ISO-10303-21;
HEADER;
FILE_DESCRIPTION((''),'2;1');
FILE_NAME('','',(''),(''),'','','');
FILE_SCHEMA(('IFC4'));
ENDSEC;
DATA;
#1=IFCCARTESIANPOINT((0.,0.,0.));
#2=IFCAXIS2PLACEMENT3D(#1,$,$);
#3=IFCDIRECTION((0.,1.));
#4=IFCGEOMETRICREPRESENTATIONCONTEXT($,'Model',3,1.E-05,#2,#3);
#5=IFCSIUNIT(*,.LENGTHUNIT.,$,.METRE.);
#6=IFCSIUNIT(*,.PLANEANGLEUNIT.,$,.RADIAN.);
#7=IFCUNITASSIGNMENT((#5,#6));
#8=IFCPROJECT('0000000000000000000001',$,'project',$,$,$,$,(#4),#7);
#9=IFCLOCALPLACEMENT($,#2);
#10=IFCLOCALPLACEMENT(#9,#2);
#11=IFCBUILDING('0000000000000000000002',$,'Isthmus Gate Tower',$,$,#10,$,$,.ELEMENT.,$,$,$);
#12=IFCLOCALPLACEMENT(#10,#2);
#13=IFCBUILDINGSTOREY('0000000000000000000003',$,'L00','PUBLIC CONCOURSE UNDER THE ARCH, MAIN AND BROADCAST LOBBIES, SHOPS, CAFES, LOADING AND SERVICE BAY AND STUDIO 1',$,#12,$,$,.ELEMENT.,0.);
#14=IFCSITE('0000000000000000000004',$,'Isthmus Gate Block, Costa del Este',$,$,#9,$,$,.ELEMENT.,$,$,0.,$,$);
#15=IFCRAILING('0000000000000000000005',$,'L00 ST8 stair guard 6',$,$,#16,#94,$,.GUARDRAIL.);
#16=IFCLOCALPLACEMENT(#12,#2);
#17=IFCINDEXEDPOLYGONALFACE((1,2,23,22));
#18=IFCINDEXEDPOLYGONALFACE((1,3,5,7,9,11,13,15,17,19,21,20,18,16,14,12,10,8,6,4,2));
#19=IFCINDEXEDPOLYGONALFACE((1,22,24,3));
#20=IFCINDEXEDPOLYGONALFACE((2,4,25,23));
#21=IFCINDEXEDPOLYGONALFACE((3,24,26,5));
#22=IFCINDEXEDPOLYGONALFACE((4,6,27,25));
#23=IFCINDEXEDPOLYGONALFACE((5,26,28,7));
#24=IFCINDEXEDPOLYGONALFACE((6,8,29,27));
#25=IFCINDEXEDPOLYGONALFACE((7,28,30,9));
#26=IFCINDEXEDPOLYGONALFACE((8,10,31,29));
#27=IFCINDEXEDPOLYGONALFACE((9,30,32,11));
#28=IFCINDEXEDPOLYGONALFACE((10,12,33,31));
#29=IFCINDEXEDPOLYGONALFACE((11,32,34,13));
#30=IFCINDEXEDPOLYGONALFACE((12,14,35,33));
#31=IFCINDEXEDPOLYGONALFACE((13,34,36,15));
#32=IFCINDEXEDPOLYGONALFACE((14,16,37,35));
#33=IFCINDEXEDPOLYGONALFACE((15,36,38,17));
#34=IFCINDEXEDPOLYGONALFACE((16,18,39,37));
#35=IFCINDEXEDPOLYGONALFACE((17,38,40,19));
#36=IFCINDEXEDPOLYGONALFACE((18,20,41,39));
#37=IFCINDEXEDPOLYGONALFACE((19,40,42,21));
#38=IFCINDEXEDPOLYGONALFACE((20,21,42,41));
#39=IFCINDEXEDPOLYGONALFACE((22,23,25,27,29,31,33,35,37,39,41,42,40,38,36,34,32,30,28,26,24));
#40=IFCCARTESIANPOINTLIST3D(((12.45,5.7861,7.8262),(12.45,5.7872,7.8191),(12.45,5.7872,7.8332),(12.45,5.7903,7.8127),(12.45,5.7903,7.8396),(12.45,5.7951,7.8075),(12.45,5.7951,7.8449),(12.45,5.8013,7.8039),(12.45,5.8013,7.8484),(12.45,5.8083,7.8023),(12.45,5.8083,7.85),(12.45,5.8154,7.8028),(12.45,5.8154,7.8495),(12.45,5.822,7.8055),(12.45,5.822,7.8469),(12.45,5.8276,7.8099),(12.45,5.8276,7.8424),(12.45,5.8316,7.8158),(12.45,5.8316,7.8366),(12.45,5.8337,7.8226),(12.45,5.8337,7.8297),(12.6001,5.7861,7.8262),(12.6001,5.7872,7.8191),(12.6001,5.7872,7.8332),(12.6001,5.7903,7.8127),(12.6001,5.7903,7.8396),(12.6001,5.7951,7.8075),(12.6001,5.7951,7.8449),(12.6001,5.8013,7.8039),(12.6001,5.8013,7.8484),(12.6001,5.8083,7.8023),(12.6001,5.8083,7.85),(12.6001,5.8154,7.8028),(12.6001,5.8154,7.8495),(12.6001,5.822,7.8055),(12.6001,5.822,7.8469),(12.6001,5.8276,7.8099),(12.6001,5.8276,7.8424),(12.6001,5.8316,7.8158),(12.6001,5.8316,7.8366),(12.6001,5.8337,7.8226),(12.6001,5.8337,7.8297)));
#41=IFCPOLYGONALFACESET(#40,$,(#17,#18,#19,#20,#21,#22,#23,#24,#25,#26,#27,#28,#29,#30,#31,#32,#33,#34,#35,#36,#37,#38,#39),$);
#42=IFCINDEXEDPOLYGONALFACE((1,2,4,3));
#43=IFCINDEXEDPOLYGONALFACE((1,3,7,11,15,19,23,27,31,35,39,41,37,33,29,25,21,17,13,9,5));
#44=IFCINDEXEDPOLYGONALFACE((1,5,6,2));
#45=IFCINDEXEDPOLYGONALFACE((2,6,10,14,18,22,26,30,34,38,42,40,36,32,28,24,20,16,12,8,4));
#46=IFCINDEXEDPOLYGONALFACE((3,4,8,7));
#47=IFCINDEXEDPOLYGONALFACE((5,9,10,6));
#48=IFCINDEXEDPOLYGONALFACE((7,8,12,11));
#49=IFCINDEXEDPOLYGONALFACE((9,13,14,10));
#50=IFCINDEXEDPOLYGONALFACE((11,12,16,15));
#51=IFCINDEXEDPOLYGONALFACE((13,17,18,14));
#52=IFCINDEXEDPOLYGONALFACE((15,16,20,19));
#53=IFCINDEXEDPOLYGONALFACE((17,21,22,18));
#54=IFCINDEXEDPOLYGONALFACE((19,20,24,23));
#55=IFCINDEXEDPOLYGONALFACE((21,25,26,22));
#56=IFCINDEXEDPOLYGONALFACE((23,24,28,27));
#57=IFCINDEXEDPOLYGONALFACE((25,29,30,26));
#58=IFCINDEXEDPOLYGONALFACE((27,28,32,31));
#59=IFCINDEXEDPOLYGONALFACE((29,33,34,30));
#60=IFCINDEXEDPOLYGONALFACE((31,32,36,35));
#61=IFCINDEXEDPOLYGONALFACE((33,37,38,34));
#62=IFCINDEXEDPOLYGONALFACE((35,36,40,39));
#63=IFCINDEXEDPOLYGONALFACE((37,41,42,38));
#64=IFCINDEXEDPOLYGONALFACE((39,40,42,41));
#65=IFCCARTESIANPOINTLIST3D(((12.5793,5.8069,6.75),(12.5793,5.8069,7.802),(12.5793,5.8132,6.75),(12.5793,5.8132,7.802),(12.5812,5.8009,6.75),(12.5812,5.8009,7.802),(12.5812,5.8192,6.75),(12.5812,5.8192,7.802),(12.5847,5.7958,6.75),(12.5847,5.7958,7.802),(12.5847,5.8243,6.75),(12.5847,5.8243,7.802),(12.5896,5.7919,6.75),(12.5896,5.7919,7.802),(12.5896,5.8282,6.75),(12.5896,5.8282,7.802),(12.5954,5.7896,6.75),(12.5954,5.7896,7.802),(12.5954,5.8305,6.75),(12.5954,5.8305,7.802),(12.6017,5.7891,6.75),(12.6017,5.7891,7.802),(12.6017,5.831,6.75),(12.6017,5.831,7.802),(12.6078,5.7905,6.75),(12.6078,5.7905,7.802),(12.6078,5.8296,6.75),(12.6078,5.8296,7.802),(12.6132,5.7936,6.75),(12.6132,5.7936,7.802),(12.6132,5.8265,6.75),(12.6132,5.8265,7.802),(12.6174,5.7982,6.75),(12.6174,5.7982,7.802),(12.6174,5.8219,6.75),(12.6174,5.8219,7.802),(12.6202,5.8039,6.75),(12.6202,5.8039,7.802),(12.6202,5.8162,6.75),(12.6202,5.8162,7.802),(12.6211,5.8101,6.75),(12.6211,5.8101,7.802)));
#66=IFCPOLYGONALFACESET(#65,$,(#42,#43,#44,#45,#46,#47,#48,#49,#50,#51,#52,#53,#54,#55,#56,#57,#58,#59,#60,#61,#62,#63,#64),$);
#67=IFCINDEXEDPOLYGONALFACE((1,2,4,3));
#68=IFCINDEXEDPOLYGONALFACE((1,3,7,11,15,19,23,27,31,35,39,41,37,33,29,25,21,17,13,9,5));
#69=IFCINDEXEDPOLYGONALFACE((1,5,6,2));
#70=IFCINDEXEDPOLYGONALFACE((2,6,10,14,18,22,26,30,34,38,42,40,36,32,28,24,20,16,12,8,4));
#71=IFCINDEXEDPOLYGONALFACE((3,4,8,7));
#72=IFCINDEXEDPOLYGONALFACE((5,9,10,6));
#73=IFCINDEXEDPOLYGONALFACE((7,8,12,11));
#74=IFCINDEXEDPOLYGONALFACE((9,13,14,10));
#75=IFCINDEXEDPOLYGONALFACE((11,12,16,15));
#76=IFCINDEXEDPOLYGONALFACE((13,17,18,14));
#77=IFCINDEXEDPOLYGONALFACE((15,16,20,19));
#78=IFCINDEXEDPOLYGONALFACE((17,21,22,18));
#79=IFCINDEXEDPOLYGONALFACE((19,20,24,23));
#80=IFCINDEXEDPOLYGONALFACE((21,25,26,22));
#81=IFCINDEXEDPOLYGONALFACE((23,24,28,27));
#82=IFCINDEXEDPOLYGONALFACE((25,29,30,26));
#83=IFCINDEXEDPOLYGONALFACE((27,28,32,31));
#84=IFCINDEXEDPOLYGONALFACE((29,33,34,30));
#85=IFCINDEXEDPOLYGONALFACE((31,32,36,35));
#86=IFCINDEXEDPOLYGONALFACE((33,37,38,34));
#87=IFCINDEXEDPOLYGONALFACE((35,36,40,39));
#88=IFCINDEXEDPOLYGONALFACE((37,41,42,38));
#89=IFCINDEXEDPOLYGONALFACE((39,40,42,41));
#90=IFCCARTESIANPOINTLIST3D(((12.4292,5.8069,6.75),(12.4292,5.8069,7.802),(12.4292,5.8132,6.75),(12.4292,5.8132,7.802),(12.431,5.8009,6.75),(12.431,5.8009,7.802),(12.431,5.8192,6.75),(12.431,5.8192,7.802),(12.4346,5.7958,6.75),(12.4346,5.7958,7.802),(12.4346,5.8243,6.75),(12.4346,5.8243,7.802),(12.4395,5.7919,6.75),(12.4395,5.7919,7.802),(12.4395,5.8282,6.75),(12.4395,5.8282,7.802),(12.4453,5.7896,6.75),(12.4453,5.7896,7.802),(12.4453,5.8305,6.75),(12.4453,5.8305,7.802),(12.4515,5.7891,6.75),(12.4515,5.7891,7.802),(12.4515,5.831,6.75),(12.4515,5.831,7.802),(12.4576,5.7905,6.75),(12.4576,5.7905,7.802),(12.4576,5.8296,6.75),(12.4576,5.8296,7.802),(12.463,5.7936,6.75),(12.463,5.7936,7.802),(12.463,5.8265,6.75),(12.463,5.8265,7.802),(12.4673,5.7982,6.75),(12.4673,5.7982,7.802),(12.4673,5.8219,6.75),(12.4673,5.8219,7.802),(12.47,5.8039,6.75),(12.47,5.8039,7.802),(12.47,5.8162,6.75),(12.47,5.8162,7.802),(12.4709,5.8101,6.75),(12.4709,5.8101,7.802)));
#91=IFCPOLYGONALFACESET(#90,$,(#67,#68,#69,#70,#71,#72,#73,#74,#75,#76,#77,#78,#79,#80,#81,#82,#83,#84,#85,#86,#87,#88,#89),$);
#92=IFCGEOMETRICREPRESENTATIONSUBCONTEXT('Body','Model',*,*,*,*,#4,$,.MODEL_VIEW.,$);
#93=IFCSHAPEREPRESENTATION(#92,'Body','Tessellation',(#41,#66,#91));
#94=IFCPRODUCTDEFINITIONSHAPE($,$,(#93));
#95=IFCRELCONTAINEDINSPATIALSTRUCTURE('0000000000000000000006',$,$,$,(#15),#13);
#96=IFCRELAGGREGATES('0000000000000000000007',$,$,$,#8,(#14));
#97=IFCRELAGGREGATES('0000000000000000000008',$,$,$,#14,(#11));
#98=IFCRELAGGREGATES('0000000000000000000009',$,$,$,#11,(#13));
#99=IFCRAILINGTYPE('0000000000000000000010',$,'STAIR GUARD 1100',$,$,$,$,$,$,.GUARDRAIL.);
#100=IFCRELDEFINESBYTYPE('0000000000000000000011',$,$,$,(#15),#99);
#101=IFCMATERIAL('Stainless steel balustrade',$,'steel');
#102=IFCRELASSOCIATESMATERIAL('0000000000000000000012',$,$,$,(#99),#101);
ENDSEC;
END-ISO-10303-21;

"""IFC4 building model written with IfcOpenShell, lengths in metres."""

from ifc_helpers import new_model, si_unit, direction, frame, origin, origin_2d, place, context, subcontext, project, spatial, circle, extrude, material, type_object, element, save


model = new_model("IFC4")

# Units and contexts
model_context = context("Model", 3, precision=1e-05, world=origin(), true_north=direction((0.0, 1.0)))
body_context = subcontext(model_context, "Body", "Model", "MODEL_VIEW")
ifc_project = project(units=[si_unit("LENGTHUNIT", "METRE"), si_unit("PLANEANGLEUNIT", "RADIAN")], contexts=[model_context])

# Site, building, storey
site_placement = place(None, origin())
site = spatial("IfcSite", under=ifc_project, at=site_placement, Name="Isthmus Gate Block, Costa del Este", CompositionType="ELEMENT", RefElevation=0.0)
building_placement = place(site_placement, origin())
building = spatial("IfcBuilding", under=site, at=building_placement, Name="Isthmus Gate Tower", CompositionType="ELEMENT")
storey_placement = place(building_placement, origin())
storey = spatial("IfcBuildingStorey", under=building, at=storey_placement, Name="L00", Description="PUBLIC CONCOURSE UNDER THE ARCH, MAIN AND BROADCAST LOBBIES, SHOPS, CAFES, LOADING AND SERVICE BAY AND STUDIO 1", CompositionType="ELEMENT", Elevation=0.0)

# Railing
ifc_material_1 = material(Name="Stainless steel balustrade", Category="steel")
railing_type_1 = type_object("IfcRailingType", Name="STAIR GUARD 1100", PredefinedType="GUARDRAIL", material=ifc_material_1)
for number, where, name in (
    (1, (12.6001, 5.8101, 6.75), "L00 ST8 stair guard 6"),
):
    element("IfcRailing", number, at=place(storey_placement, frame(where)), inside=storey, type_object=railing_type_1, Name=name, PredefinedType="GUARDRAIL", context=body_context, shape_type="SweptSolid", body=[
        extrude(circle(Radius=0.0239, at=origin_2d()), frame((0.0, 0.0, 1.0762), z_axis=(-1.0, 0.0, 0.0), x_axis=(0.0, -1.0, 0.0)), (0.0, 0.0, 1.0), 0.1501),
        extrude(circle(Radius=0.021, at=origin_2d()), origin(), (0.0, 0.0, 1.0), 1.052),
        extrude(circle(Radius=0.021, at=origin_2d()), frame((-0.1501, 0.0, 0.0)), (0.0, 0.0, 1.0), 1.052),
    ])

save(model, "model.ifc")
